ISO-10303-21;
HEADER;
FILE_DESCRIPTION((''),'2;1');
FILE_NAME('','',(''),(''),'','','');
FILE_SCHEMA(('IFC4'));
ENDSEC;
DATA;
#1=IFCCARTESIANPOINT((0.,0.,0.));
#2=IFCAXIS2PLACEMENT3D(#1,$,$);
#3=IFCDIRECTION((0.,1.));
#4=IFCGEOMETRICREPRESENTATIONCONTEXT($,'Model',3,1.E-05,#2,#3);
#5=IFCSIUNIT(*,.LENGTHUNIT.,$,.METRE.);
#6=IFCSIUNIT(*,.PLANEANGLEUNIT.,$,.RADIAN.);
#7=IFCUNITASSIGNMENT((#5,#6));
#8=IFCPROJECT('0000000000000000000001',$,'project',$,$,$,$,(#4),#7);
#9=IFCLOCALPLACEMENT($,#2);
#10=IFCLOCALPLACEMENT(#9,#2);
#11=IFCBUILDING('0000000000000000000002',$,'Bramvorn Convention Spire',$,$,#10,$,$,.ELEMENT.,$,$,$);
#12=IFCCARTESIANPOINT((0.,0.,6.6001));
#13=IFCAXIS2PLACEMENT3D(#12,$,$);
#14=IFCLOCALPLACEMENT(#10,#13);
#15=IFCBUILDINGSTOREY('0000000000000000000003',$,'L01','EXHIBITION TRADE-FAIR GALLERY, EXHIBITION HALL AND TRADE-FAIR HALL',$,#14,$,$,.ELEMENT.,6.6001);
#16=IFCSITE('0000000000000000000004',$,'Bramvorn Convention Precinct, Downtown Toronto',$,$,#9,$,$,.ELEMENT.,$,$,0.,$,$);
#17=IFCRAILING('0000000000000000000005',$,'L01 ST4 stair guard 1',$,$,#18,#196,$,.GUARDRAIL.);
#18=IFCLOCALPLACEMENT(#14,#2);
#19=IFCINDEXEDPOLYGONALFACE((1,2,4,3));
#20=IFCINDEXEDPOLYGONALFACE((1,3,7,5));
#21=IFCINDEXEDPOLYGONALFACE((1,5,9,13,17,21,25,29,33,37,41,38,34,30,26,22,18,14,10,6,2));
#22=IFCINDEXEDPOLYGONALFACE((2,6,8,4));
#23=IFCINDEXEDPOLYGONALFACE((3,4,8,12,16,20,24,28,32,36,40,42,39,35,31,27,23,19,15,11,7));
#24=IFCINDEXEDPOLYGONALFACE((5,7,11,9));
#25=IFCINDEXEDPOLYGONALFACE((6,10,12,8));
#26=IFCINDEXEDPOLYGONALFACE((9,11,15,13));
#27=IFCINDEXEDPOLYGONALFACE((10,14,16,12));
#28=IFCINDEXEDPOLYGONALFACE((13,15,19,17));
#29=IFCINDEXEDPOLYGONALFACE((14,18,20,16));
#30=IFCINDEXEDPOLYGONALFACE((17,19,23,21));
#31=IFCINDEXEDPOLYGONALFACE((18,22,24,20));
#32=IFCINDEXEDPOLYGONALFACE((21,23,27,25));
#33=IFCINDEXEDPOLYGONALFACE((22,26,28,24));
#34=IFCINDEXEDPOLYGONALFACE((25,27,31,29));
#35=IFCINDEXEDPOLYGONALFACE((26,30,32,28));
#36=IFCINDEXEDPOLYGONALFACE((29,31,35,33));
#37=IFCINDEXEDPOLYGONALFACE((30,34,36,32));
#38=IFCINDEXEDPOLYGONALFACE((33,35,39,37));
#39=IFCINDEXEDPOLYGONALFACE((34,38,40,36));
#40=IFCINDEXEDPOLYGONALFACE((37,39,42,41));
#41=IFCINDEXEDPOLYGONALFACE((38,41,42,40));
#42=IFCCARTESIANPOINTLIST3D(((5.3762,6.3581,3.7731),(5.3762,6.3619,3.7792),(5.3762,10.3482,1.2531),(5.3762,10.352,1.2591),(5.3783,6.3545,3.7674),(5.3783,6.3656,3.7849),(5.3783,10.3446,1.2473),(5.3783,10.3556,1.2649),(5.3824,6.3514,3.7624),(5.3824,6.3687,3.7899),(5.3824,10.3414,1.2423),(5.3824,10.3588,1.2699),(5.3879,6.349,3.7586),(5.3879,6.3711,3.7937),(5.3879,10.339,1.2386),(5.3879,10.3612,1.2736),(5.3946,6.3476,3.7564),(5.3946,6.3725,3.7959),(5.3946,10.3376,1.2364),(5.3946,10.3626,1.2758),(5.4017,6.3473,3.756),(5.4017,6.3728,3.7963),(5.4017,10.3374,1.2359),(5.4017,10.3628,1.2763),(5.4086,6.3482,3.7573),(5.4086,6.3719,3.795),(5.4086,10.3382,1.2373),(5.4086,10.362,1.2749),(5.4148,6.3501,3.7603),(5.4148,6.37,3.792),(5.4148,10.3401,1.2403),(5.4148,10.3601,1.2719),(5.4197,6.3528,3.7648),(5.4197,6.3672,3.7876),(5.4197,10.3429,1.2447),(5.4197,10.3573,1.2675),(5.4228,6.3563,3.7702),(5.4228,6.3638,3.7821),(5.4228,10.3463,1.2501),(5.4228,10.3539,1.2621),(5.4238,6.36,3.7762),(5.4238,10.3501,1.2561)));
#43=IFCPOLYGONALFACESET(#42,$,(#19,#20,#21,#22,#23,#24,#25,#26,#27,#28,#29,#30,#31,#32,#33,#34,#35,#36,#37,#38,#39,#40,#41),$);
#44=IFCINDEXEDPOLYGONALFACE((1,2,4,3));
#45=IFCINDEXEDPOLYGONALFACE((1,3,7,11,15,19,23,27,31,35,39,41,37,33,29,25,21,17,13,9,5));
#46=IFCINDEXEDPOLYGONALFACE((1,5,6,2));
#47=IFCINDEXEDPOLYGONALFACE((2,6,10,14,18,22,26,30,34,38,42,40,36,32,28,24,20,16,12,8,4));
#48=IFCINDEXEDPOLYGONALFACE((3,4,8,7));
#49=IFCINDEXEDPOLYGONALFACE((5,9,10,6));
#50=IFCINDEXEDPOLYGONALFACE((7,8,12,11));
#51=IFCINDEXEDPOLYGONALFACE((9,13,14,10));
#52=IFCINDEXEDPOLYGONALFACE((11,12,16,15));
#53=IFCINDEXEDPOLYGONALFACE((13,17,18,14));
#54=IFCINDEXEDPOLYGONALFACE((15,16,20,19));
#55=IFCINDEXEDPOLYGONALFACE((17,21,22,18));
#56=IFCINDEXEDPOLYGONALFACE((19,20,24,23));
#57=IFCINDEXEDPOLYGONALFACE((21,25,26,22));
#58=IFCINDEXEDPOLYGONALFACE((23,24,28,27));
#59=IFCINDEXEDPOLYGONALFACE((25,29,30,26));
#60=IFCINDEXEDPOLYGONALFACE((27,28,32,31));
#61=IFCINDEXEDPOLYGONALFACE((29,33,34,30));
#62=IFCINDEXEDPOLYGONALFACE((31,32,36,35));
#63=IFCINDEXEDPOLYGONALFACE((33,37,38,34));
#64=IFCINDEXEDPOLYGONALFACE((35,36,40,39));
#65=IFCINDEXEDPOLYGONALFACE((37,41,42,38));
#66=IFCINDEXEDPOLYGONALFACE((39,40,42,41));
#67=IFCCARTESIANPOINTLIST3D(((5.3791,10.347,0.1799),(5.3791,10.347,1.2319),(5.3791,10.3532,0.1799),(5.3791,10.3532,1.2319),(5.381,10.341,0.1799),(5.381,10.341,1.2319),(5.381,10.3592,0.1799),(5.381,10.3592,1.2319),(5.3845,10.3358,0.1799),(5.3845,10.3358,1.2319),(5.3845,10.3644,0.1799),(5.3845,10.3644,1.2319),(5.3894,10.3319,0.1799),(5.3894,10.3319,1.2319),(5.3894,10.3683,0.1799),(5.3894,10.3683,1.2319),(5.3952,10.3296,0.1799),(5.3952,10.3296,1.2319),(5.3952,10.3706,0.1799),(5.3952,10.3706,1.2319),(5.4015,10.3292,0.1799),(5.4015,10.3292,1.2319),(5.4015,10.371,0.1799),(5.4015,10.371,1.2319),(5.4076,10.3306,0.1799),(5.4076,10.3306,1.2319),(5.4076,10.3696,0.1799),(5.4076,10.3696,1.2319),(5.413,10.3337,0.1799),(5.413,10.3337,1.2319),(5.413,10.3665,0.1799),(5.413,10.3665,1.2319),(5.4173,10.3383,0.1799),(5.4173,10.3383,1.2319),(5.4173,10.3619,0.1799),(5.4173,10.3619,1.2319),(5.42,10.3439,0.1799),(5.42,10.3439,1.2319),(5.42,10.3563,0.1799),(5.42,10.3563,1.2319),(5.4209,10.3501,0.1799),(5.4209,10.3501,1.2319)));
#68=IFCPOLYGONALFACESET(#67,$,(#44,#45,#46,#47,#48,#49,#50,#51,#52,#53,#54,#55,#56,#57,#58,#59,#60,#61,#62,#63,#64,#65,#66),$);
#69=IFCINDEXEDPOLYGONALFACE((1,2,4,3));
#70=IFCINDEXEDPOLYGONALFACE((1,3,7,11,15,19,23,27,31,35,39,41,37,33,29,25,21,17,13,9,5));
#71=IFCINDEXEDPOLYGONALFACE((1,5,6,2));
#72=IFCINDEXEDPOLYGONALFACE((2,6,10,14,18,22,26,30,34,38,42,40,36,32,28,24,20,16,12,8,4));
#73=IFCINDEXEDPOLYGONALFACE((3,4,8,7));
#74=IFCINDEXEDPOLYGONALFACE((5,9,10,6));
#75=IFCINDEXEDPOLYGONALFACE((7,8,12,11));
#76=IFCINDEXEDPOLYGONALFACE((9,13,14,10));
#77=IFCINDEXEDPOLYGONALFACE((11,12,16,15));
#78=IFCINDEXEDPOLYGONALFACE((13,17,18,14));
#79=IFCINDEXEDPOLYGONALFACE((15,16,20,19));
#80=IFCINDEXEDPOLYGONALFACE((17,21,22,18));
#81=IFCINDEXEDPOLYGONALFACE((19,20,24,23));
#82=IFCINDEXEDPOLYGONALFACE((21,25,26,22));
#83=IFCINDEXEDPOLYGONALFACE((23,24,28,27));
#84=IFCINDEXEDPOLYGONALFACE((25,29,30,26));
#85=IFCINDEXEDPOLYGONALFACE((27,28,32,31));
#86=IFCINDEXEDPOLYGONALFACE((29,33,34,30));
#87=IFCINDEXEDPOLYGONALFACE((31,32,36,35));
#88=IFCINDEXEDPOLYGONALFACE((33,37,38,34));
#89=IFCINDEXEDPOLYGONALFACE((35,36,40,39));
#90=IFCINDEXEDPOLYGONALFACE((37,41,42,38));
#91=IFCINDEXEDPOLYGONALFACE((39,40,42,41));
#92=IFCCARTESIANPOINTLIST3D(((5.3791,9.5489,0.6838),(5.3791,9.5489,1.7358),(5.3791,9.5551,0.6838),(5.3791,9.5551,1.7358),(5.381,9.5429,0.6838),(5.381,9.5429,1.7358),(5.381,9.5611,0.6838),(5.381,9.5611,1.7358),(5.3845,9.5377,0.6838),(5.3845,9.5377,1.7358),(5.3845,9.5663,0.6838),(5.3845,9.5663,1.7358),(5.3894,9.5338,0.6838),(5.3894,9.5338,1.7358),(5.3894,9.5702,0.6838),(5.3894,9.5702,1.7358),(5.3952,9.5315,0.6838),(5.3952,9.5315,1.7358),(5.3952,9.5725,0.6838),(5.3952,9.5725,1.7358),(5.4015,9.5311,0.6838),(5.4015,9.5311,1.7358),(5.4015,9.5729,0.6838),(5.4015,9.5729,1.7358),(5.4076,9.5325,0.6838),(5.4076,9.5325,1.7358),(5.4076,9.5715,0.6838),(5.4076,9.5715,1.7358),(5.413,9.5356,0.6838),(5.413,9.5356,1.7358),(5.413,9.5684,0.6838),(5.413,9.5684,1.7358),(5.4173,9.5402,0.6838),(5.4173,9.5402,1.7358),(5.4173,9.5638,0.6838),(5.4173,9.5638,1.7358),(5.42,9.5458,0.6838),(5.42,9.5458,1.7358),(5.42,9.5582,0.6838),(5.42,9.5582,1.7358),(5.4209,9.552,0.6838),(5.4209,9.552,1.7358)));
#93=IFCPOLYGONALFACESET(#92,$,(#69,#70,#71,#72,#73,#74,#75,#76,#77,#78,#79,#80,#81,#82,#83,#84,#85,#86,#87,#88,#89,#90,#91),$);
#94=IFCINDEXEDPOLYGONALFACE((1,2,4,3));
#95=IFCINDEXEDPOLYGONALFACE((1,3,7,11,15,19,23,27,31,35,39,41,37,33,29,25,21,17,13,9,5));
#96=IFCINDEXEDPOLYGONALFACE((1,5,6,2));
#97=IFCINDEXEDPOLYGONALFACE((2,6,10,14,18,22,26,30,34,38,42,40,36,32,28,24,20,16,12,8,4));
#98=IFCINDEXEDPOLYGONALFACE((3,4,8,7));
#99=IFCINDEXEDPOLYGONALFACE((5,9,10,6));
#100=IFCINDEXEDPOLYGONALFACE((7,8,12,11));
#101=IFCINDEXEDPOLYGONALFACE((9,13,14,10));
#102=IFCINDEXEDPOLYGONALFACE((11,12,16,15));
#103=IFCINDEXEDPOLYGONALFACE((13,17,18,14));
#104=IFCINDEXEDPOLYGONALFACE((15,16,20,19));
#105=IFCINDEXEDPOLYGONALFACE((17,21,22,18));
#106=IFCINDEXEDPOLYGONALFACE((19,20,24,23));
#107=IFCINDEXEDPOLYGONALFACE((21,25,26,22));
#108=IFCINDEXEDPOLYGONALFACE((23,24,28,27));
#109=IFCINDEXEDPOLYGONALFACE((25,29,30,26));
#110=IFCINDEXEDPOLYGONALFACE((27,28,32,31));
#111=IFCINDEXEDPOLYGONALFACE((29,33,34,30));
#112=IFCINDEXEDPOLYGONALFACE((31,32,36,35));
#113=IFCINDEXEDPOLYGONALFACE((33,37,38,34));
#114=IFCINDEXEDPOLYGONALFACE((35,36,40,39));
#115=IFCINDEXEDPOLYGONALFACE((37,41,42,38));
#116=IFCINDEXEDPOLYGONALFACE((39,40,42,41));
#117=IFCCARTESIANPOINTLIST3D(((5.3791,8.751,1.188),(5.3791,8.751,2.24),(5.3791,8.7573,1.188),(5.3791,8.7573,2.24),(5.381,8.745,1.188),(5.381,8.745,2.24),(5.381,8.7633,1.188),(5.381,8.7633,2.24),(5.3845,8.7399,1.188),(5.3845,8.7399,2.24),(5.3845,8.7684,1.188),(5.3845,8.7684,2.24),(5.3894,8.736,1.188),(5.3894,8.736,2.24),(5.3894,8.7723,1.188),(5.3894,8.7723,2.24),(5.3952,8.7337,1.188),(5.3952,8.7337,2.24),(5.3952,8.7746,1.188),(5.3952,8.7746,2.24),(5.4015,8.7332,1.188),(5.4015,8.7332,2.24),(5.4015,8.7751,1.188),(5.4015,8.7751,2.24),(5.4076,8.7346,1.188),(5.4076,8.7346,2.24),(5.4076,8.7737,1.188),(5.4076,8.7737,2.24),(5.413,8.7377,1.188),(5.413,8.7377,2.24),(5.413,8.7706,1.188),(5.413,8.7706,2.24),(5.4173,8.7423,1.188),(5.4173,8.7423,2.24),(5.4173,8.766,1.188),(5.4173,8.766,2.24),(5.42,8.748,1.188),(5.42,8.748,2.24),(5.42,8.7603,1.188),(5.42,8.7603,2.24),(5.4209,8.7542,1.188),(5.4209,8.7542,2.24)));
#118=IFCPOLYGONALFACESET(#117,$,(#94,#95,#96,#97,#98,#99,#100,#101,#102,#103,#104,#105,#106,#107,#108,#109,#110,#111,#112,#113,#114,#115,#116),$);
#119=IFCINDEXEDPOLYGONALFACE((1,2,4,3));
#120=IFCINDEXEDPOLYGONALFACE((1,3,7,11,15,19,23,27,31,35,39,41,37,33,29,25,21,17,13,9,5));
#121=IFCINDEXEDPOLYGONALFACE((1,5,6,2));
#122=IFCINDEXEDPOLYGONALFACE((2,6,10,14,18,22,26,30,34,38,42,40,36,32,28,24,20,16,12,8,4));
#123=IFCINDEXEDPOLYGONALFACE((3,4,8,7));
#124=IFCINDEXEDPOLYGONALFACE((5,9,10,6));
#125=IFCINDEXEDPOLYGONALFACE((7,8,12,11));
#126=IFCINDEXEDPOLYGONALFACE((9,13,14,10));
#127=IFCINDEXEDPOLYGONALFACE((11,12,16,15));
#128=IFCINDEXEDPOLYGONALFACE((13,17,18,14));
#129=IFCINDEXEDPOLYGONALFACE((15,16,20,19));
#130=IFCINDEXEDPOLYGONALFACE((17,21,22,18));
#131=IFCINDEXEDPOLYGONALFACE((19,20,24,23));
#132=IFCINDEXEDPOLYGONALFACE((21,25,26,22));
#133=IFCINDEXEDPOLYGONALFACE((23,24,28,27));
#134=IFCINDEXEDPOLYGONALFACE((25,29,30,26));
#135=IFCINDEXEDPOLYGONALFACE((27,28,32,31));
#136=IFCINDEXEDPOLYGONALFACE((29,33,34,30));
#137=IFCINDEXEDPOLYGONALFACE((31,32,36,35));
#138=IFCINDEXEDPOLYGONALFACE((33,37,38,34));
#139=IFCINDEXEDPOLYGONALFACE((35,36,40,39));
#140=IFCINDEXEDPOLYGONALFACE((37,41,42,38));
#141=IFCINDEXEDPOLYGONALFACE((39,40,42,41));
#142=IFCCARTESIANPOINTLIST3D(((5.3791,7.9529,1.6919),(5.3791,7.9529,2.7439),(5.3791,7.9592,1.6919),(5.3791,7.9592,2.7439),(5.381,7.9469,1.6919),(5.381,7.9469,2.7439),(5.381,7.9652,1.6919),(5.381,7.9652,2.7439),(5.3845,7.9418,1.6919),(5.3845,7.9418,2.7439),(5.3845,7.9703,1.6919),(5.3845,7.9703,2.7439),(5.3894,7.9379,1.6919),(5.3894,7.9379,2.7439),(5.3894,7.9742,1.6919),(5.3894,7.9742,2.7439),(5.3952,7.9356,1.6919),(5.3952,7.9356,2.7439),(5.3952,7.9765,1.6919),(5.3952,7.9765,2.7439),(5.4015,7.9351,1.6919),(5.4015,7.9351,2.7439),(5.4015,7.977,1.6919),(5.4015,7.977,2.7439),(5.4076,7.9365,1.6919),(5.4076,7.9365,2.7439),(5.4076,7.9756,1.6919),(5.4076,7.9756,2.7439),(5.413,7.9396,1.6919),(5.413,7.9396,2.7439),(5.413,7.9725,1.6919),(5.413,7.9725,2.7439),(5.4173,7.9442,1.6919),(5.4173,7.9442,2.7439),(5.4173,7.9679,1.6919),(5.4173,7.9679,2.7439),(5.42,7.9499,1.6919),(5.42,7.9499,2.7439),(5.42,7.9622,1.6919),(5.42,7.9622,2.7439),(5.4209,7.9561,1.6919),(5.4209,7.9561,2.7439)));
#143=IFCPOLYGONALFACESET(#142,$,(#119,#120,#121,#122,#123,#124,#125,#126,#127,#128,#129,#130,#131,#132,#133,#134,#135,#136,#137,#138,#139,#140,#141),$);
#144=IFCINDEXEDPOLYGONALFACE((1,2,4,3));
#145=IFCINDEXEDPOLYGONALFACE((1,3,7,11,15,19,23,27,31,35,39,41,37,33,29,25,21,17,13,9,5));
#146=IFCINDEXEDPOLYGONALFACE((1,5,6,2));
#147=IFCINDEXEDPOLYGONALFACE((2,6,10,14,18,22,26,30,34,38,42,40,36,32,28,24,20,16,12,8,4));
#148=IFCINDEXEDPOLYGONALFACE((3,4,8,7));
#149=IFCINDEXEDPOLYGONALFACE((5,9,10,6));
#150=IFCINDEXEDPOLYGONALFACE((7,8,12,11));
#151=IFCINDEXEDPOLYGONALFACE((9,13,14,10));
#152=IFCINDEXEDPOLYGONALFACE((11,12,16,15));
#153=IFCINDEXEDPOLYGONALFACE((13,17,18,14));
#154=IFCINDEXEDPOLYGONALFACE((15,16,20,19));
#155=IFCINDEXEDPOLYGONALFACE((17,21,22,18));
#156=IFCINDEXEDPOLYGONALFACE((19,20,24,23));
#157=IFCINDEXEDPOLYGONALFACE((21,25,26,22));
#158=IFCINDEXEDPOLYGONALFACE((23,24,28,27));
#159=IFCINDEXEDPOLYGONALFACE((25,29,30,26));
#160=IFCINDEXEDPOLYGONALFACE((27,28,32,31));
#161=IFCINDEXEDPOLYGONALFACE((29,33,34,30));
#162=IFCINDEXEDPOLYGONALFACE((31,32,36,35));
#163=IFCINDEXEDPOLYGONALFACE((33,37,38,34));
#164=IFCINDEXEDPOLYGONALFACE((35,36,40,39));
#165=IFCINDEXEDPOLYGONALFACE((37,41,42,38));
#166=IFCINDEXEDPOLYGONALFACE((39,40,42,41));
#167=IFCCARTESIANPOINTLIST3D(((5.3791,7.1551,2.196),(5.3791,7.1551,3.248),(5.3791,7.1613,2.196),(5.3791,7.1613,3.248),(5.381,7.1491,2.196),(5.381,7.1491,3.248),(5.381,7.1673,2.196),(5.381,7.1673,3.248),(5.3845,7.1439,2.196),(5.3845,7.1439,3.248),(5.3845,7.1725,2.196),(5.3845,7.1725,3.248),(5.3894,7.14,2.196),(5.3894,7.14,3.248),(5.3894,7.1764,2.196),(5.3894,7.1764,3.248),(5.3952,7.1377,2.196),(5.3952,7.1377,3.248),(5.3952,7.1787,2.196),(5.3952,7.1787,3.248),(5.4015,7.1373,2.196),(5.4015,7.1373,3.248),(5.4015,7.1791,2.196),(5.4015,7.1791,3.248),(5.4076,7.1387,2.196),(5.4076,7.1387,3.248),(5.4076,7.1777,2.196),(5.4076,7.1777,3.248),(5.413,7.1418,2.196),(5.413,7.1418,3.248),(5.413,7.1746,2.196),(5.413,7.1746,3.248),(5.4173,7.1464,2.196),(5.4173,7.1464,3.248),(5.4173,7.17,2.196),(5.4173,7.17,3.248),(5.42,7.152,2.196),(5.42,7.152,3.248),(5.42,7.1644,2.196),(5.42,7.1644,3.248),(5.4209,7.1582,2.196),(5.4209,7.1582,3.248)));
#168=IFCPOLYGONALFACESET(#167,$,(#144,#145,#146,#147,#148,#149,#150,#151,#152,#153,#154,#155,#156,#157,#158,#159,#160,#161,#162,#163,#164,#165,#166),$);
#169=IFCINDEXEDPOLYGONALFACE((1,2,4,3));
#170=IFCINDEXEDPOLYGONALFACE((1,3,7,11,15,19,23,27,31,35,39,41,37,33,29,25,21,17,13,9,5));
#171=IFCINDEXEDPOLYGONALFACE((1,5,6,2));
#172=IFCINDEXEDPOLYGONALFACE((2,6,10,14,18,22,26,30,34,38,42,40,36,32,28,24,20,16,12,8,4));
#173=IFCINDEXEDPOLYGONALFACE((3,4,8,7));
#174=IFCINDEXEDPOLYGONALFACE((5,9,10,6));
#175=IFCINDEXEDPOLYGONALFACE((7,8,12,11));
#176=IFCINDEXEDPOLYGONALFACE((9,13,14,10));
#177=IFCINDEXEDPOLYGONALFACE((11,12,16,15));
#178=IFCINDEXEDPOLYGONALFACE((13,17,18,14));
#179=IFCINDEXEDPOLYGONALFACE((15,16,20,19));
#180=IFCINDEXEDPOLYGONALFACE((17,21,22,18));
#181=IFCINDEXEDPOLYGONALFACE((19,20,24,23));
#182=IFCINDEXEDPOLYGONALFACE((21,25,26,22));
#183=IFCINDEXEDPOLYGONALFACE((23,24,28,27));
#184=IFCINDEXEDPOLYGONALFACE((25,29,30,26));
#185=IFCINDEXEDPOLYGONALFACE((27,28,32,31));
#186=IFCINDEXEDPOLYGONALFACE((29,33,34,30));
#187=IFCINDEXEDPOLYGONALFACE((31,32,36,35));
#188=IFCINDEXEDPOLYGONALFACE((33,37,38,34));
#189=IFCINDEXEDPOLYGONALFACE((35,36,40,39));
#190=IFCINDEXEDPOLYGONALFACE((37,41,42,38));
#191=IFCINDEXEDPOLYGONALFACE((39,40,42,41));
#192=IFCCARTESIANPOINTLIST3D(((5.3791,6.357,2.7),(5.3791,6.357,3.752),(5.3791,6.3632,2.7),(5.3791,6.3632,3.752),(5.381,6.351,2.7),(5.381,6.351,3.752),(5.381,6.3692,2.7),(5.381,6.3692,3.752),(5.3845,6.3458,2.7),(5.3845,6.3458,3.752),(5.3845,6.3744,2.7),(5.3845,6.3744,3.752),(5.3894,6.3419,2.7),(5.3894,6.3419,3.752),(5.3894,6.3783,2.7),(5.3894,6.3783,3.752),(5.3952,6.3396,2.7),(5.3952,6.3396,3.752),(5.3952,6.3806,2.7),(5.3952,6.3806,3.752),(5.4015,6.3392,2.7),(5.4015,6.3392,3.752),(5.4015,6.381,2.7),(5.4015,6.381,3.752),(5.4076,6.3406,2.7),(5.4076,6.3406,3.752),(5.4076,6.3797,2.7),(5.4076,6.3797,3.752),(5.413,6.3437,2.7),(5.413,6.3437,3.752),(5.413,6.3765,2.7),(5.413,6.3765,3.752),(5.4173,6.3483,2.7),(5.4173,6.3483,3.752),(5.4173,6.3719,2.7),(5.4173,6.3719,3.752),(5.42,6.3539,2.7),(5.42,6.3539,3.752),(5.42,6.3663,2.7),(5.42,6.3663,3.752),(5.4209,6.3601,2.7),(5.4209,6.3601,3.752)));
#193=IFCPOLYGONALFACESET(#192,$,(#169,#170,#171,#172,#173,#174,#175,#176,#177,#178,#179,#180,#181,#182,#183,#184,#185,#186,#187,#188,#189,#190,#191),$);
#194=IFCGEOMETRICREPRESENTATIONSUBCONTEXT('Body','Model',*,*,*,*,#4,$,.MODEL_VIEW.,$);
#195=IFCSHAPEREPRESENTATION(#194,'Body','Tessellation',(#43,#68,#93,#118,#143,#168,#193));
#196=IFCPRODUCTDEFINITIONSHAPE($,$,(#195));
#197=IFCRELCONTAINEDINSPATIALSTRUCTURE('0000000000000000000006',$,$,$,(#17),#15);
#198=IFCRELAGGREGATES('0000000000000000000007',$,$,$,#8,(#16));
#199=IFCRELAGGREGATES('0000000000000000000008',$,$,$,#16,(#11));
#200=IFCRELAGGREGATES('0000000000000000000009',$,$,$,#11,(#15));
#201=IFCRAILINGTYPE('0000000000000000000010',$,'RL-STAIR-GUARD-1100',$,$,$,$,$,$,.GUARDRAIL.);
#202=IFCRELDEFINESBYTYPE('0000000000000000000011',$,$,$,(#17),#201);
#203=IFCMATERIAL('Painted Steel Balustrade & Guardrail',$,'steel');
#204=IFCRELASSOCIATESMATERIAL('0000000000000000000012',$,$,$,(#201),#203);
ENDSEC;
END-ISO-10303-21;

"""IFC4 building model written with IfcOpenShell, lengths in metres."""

from ifc_helpers import new_model, si_unit, direction, frame, origin, origin_2d, place, context, subcontext, project, spatial, circle, extrude, material, type_object, element, save


model = new_model("IFC4")

# Units and contexts
model_context = context("Model", 3, precision=1e-05, world=origin(), true_north=direction((0.0, 1.0)))
body_context = subcontext(model_context, "Body", "Model", "MODEL_VIEW")
ifc_project = project(units=[si_unit("LENGTHUNIT", "METRE"), si_unit("PLANEANGLEUNIT", "RADIAN")], contexts=[model_context])

# Site, building, storey
site_placement = place(None, origin())
site = spatial("IfcSite", under=ifc_project, at=site_placement, Name="Bramvorn Convention Precinct, Downtown Toronto", CompositionType="ELEMENT", RefElevation=0.0)
building_placement = place(site_placement, origin())
building = spatial("IfcBuilding", under=site, at=building_placement, Name="Bramvorn Convention Spire", CompositionType="ELEMENT")
storey_placement = place(building_placement, frame((0.0, 0.0, 6.6001)))
storey = spatial("IfcBuildingStorey", under=building, at=storey_placement, Name="L01", Description="EXHIBITION TRADE-FAIR GALLERY, EXHIBITION HALL AND TRADE-FAIR HALL", CompositionType="ELEMENT", Elevation=6.6001)

# Railing
ifc_material_1 = material(Name="Painted Steel Balustrade & Guardrail", Category="steel")
railing_type_1 = type_object("IfcRailingType", Name="RL-STAIR-GUARD-1100", PredefinedType="GUARDRAIL", material=ifc_material_1)
railing_1_placement = place(storey_placement, frame((5.3999, 10.3501, 0.1799)))
element("IfcRailing", 1, at=railing_1_placement, inside=storey, type_object=railing_type_1, Name="L01 ST4 stair guard 1", PredefinedType="GUARDRAIL", context=body_context, shape_type="SweptSolid", body=[
    extrude(circle(Radius=0.0239, at=origin_2d()), frame((0.0, 0.0, 1.0762), z_axis=(0.0, -0.845486, 0.533997), x_axis=(1.0, 0.0, 0.0)), (0.0, 0.0, 1.0), 4.7192),
    extrude(circle(Radius=0.021, at=origin_2d()), origin(), (0.0, 0.0, 1.0), 1.052),
    extrude(circle(Radius=0.021, at=origin_2d()), frame((0.0, -0.7981, 0.5039)), (0.0, 0.0, 1.0), 1.052),
    extrude(circle(Radius=0.021, at=origin_2d()), frame((0.0, -1.5959, 1.0081)), (0.0, 0.0, 1.0), 1.052),
    extrude(circle(Radius=0.021, at=origin_2d()), frame((0.0, -2.394, 1.512)), (0.0, 0.0, 1.0), 1.052),
    extrude(circle(Radius=0.021, at=origin_2d()), frame((0.0, -3.1919, 2.0161)), (0.0, 0.0, 1.0), 1.052),
    extrude(circle(Radius=0.021, at=origin_2d()), frame((0.0, -3.99, 2.52)), (0.0, 0.0, 1.0), 1.052),
])

save(model, "model.ifc")
